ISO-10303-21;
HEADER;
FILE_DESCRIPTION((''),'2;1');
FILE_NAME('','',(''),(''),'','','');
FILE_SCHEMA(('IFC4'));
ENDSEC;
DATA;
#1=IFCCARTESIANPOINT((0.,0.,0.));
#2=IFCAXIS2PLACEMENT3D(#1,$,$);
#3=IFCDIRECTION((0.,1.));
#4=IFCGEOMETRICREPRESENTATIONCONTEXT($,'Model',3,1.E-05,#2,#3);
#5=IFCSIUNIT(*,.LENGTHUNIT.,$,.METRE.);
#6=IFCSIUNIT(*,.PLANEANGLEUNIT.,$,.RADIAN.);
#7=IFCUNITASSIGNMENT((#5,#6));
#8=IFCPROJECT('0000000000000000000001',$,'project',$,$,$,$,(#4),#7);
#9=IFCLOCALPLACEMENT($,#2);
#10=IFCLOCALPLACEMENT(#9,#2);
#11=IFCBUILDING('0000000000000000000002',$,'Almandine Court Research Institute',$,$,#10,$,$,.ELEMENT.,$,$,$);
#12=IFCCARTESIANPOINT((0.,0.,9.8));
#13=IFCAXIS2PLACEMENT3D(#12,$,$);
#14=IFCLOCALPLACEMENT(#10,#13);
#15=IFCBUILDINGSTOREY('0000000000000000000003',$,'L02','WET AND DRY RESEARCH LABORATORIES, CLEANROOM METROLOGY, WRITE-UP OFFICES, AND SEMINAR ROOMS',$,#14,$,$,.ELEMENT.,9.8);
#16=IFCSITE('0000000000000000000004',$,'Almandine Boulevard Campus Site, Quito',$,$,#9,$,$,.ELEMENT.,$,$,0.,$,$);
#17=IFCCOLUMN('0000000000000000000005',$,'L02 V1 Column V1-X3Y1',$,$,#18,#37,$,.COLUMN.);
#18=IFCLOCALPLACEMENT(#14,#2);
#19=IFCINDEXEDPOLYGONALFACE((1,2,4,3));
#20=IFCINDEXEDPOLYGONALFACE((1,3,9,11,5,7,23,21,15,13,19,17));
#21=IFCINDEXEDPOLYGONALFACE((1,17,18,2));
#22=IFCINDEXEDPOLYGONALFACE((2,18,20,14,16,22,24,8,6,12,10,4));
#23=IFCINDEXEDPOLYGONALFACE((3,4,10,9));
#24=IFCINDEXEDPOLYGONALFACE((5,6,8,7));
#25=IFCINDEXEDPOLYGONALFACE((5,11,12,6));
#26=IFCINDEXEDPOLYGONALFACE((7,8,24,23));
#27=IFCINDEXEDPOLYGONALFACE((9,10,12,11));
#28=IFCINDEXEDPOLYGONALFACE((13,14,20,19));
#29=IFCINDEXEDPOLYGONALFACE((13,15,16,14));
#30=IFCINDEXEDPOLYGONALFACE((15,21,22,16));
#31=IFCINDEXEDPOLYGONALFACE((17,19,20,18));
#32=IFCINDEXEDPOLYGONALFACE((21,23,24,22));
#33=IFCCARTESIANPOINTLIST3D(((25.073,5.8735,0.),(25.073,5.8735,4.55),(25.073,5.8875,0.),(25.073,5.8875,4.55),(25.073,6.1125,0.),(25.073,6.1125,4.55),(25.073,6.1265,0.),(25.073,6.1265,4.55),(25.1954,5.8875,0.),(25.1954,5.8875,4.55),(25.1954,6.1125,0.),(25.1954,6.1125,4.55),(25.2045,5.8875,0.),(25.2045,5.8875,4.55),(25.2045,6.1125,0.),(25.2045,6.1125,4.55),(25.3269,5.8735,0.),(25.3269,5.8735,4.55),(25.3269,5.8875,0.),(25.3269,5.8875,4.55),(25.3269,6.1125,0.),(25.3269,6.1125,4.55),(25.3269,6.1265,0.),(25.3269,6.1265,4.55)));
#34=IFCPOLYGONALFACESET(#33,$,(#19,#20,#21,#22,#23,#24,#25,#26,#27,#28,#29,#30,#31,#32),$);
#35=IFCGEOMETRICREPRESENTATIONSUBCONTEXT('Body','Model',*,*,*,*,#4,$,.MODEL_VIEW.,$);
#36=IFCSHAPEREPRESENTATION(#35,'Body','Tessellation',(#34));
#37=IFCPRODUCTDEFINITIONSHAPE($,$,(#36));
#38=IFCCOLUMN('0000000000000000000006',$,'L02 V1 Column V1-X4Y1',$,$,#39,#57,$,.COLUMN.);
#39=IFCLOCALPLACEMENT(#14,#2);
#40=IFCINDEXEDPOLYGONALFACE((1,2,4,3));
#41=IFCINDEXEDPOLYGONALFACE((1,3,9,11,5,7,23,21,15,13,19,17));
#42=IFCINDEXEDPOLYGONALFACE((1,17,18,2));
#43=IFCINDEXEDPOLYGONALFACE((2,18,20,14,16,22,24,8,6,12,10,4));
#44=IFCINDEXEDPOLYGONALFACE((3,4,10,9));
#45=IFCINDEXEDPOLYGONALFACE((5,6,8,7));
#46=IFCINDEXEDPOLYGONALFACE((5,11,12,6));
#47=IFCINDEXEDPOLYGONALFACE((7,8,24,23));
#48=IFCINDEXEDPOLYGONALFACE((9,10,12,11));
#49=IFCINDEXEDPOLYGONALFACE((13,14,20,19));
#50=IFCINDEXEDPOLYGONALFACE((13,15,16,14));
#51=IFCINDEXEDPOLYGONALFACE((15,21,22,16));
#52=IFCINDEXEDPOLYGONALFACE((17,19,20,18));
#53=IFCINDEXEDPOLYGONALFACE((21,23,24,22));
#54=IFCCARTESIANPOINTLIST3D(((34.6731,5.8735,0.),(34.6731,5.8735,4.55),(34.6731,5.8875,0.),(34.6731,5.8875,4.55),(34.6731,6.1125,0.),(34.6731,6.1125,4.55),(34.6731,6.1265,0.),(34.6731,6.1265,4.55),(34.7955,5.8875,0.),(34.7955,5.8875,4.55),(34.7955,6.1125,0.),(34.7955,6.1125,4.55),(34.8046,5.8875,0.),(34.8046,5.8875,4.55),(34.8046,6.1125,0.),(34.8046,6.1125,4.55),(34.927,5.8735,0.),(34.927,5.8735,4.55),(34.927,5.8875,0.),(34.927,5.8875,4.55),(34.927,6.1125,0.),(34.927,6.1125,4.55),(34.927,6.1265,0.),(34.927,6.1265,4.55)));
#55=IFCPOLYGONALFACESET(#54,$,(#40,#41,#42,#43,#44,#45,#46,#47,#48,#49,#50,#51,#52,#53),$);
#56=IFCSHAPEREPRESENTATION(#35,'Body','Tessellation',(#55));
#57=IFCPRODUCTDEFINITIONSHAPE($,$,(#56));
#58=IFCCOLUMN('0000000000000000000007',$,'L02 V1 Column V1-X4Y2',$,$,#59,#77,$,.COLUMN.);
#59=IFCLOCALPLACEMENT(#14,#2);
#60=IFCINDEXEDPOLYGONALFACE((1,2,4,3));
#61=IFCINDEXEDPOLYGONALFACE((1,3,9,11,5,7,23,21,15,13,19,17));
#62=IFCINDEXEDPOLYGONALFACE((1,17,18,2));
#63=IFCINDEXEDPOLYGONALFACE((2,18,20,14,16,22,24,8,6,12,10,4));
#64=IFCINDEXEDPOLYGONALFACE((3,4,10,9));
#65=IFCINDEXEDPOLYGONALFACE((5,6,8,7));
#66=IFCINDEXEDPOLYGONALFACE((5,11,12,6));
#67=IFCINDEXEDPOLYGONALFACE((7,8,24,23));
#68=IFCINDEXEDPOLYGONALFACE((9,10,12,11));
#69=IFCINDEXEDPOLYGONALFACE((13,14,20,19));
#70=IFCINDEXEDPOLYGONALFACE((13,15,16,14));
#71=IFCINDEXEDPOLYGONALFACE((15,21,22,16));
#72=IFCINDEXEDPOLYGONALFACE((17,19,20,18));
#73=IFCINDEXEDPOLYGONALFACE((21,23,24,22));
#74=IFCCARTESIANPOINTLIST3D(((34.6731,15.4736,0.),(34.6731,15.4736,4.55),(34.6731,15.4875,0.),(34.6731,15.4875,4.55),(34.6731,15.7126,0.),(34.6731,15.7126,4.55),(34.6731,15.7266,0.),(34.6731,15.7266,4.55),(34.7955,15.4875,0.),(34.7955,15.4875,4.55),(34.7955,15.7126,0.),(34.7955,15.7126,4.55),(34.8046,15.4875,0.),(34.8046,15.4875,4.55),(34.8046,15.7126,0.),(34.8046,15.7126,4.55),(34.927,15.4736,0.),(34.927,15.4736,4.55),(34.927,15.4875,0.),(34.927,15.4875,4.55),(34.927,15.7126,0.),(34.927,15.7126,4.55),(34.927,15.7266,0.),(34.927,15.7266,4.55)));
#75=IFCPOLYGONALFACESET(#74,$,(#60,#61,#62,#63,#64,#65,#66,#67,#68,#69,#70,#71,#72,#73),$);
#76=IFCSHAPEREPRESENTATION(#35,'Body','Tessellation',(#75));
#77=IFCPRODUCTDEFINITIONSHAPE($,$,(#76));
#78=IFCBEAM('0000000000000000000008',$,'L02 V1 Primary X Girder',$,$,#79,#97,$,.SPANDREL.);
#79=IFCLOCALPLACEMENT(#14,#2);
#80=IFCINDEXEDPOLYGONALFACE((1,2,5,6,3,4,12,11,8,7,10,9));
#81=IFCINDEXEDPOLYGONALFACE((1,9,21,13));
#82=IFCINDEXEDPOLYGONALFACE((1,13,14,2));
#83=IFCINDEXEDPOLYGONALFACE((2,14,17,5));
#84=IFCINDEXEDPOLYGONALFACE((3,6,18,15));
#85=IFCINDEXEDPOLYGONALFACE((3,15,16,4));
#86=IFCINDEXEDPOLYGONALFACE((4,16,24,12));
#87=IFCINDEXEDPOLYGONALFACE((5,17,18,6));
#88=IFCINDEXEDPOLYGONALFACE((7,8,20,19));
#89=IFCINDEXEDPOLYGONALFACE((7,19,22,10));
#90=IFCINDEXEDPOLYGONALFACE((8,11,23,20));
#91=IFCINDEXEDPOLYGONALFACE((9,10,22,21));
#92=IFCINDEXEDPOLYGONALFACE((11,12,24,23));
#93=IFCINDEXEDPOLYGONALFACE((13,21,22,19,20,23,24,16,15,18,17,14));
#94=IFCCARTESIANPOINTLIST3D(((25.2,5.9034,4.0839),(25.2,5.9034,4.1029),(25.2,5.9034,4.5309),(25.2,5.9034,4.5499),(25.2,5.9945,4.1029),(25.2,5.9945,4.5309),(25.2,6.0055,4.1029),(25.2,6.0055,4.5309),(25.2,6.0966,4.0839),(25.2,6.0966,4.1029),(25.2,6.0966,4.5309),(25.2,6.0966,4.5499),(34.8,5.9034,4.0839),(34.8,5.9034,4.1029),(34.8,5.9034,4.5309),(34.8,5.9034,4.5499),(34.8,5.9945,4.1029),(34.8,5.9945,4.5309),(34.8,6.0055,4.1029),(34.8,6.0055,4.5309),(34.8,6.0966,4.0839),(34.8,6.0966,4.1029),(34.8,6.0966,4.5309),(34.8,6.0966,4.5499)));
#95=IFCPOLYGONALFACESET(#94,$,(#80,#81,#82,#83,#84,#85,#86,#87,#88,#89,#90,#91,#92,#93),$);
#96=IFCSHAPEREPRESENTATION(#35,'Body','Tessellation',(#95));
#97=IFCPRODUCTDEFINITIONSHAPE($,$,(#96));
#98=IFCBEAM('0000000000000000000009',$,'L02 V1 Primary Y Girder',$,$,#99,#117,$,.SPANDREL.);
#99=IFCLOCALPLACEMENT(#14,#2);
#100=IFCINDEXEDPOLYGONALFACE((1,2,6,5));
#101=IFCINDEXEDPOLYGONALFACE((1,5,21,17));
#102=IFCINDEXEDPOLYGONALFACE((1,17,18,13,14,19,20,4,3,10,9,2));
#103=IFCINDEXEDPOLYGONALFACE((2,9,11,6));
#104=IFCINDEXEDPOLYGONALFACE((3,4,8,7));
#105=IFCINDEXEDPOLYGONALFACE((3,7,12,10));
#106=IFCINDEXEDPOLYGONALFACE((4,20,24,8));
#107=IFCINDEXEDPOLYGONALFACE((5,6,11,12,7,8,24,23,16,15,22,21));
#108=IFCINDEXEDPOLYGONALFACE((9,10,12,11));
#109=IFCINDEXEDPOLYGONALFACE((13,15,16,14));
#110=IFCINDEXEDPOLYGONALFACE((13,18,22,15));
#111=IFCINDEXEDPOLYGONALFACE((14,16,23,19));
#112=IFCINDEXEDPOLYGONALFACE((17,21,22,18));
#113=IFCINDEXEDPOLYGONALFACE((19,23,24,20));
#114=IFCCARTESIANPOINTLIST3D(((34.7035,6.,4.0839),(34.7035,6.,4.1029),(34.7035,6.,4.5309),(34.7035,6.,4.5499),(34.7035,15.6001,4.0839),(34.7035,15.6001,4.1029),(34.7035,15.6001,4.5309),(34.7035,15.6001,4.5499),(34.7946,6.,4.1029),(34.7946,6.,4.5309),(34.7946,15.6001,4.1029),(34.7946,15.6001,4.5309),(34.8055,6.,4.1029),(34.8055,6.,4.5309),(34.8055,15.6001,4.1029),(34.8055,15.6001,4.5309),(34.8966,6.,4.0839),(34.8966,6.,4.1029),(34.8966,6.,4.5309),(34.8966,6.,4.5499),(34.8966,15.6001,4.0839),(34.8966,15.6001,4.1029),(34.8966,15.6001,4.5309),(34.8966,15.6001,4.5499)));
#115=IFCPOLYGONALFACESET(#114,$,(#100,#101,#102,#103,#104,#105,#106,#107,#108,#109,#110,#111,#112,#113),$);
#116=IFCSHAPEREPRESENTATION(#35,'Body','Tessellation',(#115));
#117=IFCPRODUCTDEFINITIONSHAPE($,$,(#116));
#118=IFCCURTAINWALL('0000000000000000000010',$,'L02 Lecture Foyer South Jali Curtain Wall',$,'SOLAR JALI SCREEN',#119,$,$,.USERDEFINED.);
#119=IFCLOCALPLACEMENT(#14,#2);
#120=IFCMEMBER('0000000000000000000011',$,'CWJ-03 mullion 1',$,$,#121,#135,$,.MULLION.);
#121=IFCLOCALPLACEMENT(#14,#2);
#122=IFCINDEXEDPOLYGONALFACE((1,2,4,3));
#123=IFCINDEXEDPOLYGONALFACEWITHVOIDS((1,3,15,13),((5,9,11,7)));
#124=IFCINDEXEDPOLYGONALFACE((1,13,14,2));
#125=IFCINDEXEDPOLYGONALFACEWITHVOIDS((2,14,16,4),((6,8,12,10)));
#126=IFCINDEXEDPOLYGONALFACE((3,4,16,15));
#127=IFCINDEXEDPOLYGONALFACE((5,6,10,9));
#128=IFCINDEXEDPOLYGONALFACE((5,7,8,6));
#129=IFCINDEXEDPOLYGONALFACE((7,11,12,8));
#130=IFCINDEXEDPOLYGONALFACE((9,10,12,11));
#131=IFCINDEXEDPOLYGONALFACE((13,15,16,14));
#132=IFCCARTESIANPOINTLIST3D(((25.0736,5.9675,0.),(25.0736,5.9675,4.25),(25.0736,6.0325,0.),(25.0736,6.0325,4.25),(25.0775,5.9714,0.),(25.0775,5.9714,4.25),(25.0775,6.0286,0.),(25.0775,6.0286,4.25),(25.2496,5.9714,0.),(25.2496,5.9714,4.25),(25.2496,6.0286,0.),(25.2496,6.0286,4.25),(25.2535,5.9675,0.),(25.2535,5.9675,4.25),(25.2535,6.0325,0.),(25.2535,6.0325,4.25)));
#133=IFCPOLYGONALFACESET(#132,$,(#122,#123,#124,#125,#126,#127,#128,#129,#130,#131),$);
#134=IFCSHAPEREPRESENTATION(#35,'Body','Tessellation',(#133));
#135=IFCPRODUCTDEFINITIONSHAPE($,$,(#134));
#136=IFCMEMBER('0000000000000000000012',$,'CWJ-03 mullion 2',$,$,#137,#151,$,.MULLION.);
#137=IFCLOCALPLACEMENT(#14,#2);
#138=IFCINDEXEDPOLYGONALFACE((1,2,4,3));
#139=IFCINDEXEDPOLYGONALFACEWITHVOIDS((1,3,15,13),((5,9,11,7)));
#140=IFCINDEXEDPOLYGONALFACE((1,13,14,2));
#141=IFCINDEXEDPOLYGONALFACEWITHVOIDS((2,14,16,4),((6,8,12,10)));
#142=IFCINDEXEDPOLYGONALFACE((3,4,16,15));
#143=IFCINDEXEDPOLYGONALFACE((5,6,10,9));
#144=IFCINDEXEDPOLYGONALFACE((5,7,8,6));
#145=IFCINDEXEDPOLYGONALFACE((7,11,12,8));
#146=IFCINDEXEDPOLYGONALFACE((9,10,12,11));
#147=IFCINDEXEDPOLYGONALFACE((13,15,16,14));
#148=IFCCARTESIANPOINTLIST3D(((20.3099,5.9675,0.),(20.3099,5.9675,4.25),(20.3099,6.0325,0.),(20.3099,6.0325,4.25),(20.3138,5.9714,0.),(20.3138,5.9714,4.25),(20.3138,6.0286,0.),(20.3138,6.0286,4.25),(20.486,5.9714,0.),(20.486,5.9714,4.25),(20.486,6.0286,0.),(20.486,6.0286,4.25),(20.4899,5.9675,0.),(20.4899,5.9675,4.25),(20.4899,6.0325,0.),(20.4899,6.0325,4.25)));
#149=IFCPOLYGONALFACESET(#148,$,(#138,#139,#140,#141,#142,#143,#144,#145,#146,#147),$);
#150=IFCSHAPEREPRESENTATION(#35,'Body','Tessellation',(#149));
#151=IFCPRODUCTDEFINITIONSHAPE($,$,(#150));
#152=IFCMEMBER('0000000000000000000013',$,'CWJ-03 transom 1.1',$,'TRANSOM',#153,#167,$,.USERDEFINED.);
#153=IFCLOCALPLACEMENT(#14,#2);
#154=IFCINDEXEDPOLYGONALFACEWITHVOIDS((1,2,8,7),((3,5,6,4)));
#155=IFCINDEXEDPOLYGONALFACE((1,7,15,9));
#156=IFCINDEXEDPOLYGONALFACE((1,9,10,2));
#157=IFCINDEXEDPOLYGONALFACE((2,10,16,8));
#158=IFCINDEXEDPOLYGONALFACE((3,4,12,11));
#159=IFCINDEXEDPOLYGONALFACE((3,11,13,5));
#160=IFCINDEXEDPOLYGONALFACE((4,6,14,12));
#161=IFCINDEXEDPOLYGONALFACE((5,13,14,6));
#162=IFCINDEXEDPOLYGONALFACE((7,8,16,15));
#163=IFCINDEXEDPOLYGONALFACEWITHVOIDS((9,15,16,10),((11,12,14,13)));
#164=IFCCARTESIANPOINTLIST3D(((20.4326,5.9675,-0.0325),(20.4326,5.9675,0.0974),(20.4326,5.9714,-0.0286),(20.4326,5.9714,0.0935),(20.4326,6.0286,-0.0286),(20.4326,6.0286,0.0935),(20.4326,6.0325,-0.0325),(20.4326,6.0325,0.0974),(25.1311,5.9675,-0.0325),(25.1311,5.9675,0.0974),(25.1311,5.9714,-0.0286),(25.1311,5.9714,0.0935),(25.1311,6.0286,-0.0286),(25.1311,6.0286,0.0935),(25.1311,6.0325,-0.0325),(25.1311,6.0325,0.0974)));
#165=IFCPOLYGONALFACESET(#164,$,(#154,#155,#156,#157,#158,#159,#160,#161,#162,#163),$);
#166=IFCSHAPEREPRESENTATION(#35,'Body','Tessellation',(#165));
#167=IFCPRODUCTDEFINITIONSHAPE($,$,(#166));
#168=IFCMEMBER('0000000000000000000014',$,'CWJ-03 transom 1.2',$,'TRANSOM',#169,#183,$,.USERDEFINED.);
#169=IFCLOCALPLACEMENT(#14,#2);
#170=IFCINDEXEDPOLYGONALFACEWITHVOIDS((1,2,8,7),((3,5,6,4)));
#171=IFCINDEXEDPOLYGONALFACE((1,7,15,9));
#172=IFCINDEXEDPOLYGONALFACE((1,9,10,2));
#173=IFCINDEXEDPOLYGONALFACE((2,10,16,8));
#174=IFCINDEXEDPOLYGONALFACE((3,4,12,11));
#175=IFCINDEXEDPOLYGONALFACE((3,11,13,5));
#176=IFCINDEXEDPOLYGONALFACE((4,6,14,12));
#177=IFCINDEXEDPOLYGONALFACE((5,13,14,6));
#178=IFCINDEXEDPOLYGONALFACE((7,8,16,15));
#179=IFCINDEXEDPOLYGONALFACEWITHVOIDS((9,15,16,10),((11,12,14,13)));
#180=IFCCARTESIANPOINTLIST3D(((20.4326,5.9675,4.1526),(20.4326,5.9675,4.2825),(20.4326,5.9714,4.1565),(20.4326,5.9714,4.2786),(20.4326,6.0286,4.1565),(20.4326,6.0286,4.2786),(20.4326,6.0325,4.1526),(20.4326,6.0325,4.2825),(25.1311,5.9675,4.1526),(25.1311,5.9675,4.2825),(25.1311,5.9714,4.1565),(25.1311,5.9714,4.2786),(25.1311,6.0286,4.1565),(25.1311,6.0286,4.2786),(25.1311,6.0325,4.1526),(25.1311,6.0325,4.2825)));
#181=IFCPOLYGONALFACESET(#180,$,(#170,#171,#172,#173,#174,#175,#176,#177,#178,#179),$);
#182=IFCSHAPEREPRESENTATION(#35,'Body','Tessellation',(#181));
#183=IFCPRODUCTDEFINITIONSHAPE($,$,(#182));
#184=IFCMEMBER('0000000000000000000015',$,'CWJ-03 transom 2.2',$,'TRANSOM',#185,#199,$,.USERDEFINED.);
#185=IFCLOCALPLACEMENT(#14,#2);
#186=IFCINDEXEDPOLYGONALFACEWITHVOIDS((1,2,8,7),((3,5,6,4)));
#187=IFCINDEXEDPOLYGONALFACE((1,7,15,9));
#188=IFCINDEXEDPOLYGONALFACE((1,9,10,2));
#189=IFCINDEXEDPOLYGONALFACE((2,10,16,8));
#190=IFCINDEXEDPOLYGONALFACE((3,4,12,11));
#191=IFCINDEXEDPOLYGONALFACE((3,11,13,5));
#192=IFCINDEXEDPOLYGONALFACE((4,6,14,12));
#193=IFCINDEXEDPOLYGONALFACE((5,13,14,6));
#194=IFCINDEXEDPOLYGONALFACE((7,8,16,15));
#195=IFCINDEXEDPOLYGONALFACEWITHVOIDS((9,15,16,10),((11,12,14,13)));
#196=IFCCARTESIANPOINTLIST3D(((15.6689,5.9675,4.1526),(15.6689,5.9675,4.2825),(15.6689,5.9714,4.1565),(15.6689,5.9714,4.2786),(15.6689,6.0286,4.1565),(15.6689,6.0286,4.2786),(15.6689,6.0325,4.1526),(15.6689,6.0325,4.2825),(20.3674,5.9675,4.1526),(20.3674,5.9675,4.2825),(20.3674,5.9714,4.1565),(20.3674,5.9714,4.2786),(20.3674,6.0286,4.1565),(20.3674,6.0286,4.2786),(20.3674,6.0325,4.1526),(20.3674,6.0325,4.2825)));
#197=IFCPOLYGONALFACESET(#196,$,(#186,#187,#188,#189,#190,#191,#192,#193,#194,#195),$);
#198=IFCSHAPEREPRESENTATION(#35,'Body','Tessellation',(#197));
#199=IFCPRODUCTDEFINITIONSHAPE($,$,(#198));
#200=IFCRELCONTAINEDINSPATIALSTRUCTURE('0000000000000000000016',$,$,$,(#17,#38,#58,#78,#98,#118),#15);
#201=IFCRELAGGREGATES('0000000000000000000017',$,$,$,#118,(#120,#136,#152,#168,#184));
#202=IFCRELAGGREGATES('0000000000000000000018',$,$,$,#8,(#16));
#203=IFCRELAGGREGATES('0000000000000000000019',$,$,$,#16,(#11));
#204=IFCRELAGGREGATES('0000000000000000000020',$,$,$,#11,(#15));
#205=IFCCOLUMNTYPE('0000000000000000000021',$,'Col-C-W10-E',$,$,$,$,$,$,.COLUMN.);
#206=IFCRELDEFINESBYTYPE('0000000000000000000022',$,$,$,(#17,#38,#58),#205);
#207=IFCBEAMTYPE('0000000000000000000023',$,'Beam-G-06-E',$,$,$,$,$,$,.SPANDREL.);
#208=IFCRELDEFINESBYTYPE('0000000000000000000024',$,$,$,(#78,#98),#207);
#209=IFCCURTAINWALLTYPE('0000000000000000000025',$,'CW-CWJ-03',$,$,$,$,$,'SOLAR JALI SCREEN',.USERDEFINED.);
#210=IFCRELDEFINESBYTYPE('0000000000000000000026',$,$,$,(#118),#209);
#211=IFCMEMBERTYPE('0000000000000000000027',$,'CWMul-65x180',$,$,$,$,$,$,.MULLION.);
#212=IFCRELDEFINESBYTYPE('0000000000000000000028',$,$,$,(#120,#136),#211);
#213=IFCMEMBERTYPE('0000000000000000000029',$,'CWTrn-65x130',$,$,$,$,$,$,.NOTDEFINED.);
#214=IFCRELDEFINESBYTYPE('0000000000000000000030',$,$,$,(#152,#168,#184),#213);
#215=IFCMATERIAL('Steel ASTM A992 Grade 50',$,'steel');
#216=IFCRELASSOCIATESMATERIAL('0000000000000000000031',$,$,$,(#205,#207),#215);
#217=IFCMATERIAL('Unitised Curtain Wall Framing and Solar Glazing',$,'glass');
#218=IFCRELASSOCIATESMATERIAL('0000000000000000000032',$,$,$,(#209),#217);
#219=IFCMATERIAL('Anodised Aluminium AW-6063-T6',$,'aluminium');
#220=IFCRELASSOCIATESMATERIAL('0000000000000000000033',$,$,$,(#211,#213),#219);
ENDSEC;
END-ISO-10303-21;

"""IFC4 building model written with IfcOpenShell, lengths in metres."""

from ifc_helpers import new_model, si_unit, direction, frame, origin, origin_2d, place, context, subcontext, project, spatial, hollow_rectangle, i_section, extrude, material, material_profile, profile_set, type_object, element, aggregate, save


model = new_model("IFC4")

# Units and contexts
model_context = context("Model", 3, precision=1e-05, world=origin(), true_north=direction((0.0, 1.0)))
body_context = subcontext(model_context, "Body", "Model", "MODEL_VIEW")
ifc_project = project(units=[si_unit("LENGTHUNIT", "METRE"), si_unit("PLANEANGLEUNIT", "RADIAN")], contexts=[model_context])

# Site, building, storey
site_placement = place(None, origin())
site = spatial("IfcSite", under=ifc_project, at=site_placement, Name="Almandine Boulevard Campus Site, Quito", CompositionType="ELEMENT", RefElevation=0.0)
building_placement = place(site_placement, origin())
building = spatial("IfcBuilding", under=site, at=building_placement, Name="Almandine Court Research Institute", CompositionType="ELEMENT")
storey_placement = place(building_placement, frame((0.0, 0.0, 9.8)))
storey = spatial("IfcBuildingStorey", under=building, at=storey_placement, Name="L02", Description="WET AND DRY RESEARCH LABORATORIES, CLEANROOM METROLOGY, WRITE-UP OFFICES, AND SEMINAR ROOMS", CompositionType="ELEMENT", Elevation=9.8)

# Columns
ifc_material_1 = material(Name="Steel ASTM A992 Grade 50", Category="steel")
ifc_material_profile_1 = material_profile(ifc_material_1, i_section(OverallWidth=0.2539, OverallDepth=0.2529, WebThickness=0.009, FlangeThickness=0.0139, at=origin_2d()), Name="W250x73")
ifc_profile_set_1 = profile_set([ifc_material_profile_1], Name="Steel ASTM A992 Grade 50")
column_type = type_object("IfcColumnType", Name="Col-C-W10-E", PredefinedType="COLUMN", material=ifc_profile_set_1)
for number, where, z_axis, x_axis, name in (
    (1, (25.2, 6.0, 0.0), (0.0, 0.0, 1.0), (1.0, 0.0, 0.0), "L02 V1 Column V1-X3Y1"),
    (2, (34.8, 6.0, 0.0), (0.0, 0.0, 1.0), (1.0, 0.0, 0.0), "L02 V1 Column V1-X4Y1"),
    (3, (34.8, 15.6001, 0.0), (0.0, 0.0, 1.0), (1.0, 0.0, 0.0), "L02 V1 Column V1-X4Y2"),
):
    element("IfcColumn", number, at=place(storey_placement, frame(where, z_axis=z_axis, x_axis=x_axis)), inside=storey, type_object=column_type, Name=name, PredefinedType="COLUMN", context=body_context, shape_type="SweptSolid", body=[
        extrude(i_section(OverallWidth=0.2539, OverallDepth=0.2529, WebThickness=0.009, FlangeThickness=0.0139, at=origin_2d()), origin(), (0.0, 0.0, 1.0), 4.55),
    ])

# Beams
ifc_material_profile_2 = material_profile(ifc_material_1, i_section(OverallWidth=0.1931, OverallDepth=0.4661, WebThickness=0.011, FlangeThickness=0.019, at=origin_2d()), Name="W460x97")
ifc_profile_set_2 = profile_set([ifc_material_profile_2], Name="Steel ASTM A992 Grade 50")
beam_type = type_object("IfcBeamType", Name="Beam-G-06-E", PredefinedType="SPANDREL", material=ifc_profile_set_2)
for number, where, z_axis, x_axis, name in (
    (4, (25.2, 6.0, 4.3169), (1.0, 0.0, 0.0), (0.0, 1.0, 0.0), "L02 V1 Primary X Girder"),
    (5, (34.8, 6.0, 4.3169), (0.0, 1.0, 0.0), (-1.0, 0.0, 0.0), "L02 V1 Primary Y Girder"),
):
    element("IfcBeam", number, at=place(storey_placement, frame(where, z_axis=z_axis, x_axis=x_axis)), inside=storey, type_object=beam_type, Name=name, PredefinedType="SPANDREL", context=body_context, shape_type="SweptSolid", body=[
        extrude(i_section(OverallWidth=0.1931, OverallDepth=0.4661, WebThickness=0.011, FlangeThickness=0.019, at=origin_2d()), origin(), (0.0, 0.0, 1.0), 9.6001),
    ])

# Curtain wall, members
ifc_material_2 = material(Name="Unitised Curtain Wall Framing and Solar Glazing", Category="glass")
curtain_wall_type = type_object("IfcCurtainWallType", Name="CW-CWJ-03", ElementType="SOLAR JALI SCREEN", PredefinedType="USERDEFINED", material=ifc_material_2)
curtain_wall_placement = place(storey_placement, origin())
curtain_wall = element("IfcCurtainWall", 6, at=curtain_wall_placement, inside=storey, type_object=curtain_wall_type, Name="L02 Lecture Foyer South Jali Curtain Wall", ObjectType="SOLAR JALI SCREEN", PredefinedType="USERDEFINED")
ifc_material_3 = material(Name="Anodised Aluminium AW-6063-T6", Category="aluminium")
ifc_material_profile_3 = material_profile(ifc_material_3, hollow_rectangle(XDim=0.0649, YDim=0.1799, WallThickness=0.0039, at=origin_2d()), Name="ALU RHS 65x180x4")
ifc_profile_set_3 = profile_set([ifc_material_profile_3], Name="Anodised Aluminium AW-6063-T6")
member_type_1 = type_object("IfcMemberType", Name="CWMul-65x180", PredefinedType="MULLION", material=ifc_profile_set_3)
member_1_placement = place(storey_placement, frame((25.1636, 6.0, 0.0), z_axis=(0.0, 0.0, 1.0), x_axis=(0.0, -1.0, 0.0)))
member_1 = element("IfcMember", 7, at=member_1_placement, type_object=member_type_1, Name="CWJ-03 mullion 1", PredefinedType="MULLION", context=body_context, shape_type="SweptSolid", body=[
    extrude(hollow_rectangle(XDim=0.0649, YDim=0.1799, WallThickness=0.0039, at=origin_2d()), origin(), (0.0, 0.0, 1.0), 4.25),
])
member_2_placement = place(storey_placement, frame((20.3999, 6.0, 0.0), z_axis=(0.0, 0.0, 1.0), x_axis=(0.0, -1.0, 0.0)))
member_2 = element("IfcMember", 8, at=member_2_placement, type_object=member_type_1, Name="CWJ-03 mullion 2", PredefinedType="MULLION", context=body_context, shape_type="SweptSolid", body=[
    extrude(hollow_rectangle(XDim=0.0649, YDim=0.1799, WallThickness=0.0039, at=origin_2d()), origin(), (0.0, 0.0, 1.0), 4.25),
])
ifc_material_profile_4 = material_profile(ifc_material_3, hollow_rectangle(XDim=0.0649, YDim=0.1299, WallThickness=0.0039, at=origin_2d()), Name="ALU RHS 65x130x4")
ifc_profile_set_4 = profile_set([ifc_material_profile_4], Name="Anodised Aluminium AW-6063-T6")
member_type_2 = type_object("IfcMemberType", Name="CWTrn-65x130", PredefinedType="NOTDEFINED", material=ifc_profile_set_4)
member_3_placement = place(storey_placement, frame((25.1311, 6.0, 0.0325), z_axis=(-1.0, 0.0, 0.0), x_axis=(0.0, -1.0, 0.0)))
member_3 = element("IfcMember", 9, at=member_3_placement, type_object=member_type_2, Name="CWJ-03 transom 1.1", ObjectType="TRANSOM", PredefinedType="USERDEFINED", context=body_context, shape_type="SweptSolid", body=[
    extrude(hollow_rectangle(XDim=0.0649, YDim=0.1299, WallThickness=0.0039, at=origin_2d()), origin(), (0.0, 0.0, 1.0), 4.6985),
])
member_4_placement = place(storey_placement, frame((25.1311, 6.0, 4.2175), z_axis=(-1.0, 0.0, 0.0), x_axis=(0.0, -1.0, 0.0)))
member_4 = element("IfcMember", 10, at=member_4_placement, type_object=member_type_2, Name="CWJ-03 transom 1.2", ObjectType="TRANSOM", PredefinedType="USERDEFINED", context=body_context, shape_type="SweptSolid", body=[
    extrude(hollow_rectangle(XDim=0.0649, YDim=0.1299, WallThickness=0.0039, at=origin_2d()), origin(), (0.0, 0.0, 1.0), 4.6985),
])
member_5_placement = place(storey_placement, frame((20.3674, 6.0, 4.2175), z_axis=(-1.0, 0.0, 0.0), x_axis=(0.0, -1.0, 0.0)))
member_5 = element("IfcMember", 11, at=member_5_placement, type_object=member_type_2, Name="CWJ-03 transom 2.2", ObjectType="TRANSOM", PredefinedType="USERDEFINED", context=body_context, shape_type="SweptSolid", body=[
    extrude(hollow_rectangle(XDim=0.0649, YDim=0.1299, WallThickness=0.0039, at=origin_2d()), origin(), (0.0, 0.0, 1.0), 4.6985),
])
aggregate(curtain_wall, [member_1, member_2, member_3, member_4, member_5])

save(model, "model.ifc")
